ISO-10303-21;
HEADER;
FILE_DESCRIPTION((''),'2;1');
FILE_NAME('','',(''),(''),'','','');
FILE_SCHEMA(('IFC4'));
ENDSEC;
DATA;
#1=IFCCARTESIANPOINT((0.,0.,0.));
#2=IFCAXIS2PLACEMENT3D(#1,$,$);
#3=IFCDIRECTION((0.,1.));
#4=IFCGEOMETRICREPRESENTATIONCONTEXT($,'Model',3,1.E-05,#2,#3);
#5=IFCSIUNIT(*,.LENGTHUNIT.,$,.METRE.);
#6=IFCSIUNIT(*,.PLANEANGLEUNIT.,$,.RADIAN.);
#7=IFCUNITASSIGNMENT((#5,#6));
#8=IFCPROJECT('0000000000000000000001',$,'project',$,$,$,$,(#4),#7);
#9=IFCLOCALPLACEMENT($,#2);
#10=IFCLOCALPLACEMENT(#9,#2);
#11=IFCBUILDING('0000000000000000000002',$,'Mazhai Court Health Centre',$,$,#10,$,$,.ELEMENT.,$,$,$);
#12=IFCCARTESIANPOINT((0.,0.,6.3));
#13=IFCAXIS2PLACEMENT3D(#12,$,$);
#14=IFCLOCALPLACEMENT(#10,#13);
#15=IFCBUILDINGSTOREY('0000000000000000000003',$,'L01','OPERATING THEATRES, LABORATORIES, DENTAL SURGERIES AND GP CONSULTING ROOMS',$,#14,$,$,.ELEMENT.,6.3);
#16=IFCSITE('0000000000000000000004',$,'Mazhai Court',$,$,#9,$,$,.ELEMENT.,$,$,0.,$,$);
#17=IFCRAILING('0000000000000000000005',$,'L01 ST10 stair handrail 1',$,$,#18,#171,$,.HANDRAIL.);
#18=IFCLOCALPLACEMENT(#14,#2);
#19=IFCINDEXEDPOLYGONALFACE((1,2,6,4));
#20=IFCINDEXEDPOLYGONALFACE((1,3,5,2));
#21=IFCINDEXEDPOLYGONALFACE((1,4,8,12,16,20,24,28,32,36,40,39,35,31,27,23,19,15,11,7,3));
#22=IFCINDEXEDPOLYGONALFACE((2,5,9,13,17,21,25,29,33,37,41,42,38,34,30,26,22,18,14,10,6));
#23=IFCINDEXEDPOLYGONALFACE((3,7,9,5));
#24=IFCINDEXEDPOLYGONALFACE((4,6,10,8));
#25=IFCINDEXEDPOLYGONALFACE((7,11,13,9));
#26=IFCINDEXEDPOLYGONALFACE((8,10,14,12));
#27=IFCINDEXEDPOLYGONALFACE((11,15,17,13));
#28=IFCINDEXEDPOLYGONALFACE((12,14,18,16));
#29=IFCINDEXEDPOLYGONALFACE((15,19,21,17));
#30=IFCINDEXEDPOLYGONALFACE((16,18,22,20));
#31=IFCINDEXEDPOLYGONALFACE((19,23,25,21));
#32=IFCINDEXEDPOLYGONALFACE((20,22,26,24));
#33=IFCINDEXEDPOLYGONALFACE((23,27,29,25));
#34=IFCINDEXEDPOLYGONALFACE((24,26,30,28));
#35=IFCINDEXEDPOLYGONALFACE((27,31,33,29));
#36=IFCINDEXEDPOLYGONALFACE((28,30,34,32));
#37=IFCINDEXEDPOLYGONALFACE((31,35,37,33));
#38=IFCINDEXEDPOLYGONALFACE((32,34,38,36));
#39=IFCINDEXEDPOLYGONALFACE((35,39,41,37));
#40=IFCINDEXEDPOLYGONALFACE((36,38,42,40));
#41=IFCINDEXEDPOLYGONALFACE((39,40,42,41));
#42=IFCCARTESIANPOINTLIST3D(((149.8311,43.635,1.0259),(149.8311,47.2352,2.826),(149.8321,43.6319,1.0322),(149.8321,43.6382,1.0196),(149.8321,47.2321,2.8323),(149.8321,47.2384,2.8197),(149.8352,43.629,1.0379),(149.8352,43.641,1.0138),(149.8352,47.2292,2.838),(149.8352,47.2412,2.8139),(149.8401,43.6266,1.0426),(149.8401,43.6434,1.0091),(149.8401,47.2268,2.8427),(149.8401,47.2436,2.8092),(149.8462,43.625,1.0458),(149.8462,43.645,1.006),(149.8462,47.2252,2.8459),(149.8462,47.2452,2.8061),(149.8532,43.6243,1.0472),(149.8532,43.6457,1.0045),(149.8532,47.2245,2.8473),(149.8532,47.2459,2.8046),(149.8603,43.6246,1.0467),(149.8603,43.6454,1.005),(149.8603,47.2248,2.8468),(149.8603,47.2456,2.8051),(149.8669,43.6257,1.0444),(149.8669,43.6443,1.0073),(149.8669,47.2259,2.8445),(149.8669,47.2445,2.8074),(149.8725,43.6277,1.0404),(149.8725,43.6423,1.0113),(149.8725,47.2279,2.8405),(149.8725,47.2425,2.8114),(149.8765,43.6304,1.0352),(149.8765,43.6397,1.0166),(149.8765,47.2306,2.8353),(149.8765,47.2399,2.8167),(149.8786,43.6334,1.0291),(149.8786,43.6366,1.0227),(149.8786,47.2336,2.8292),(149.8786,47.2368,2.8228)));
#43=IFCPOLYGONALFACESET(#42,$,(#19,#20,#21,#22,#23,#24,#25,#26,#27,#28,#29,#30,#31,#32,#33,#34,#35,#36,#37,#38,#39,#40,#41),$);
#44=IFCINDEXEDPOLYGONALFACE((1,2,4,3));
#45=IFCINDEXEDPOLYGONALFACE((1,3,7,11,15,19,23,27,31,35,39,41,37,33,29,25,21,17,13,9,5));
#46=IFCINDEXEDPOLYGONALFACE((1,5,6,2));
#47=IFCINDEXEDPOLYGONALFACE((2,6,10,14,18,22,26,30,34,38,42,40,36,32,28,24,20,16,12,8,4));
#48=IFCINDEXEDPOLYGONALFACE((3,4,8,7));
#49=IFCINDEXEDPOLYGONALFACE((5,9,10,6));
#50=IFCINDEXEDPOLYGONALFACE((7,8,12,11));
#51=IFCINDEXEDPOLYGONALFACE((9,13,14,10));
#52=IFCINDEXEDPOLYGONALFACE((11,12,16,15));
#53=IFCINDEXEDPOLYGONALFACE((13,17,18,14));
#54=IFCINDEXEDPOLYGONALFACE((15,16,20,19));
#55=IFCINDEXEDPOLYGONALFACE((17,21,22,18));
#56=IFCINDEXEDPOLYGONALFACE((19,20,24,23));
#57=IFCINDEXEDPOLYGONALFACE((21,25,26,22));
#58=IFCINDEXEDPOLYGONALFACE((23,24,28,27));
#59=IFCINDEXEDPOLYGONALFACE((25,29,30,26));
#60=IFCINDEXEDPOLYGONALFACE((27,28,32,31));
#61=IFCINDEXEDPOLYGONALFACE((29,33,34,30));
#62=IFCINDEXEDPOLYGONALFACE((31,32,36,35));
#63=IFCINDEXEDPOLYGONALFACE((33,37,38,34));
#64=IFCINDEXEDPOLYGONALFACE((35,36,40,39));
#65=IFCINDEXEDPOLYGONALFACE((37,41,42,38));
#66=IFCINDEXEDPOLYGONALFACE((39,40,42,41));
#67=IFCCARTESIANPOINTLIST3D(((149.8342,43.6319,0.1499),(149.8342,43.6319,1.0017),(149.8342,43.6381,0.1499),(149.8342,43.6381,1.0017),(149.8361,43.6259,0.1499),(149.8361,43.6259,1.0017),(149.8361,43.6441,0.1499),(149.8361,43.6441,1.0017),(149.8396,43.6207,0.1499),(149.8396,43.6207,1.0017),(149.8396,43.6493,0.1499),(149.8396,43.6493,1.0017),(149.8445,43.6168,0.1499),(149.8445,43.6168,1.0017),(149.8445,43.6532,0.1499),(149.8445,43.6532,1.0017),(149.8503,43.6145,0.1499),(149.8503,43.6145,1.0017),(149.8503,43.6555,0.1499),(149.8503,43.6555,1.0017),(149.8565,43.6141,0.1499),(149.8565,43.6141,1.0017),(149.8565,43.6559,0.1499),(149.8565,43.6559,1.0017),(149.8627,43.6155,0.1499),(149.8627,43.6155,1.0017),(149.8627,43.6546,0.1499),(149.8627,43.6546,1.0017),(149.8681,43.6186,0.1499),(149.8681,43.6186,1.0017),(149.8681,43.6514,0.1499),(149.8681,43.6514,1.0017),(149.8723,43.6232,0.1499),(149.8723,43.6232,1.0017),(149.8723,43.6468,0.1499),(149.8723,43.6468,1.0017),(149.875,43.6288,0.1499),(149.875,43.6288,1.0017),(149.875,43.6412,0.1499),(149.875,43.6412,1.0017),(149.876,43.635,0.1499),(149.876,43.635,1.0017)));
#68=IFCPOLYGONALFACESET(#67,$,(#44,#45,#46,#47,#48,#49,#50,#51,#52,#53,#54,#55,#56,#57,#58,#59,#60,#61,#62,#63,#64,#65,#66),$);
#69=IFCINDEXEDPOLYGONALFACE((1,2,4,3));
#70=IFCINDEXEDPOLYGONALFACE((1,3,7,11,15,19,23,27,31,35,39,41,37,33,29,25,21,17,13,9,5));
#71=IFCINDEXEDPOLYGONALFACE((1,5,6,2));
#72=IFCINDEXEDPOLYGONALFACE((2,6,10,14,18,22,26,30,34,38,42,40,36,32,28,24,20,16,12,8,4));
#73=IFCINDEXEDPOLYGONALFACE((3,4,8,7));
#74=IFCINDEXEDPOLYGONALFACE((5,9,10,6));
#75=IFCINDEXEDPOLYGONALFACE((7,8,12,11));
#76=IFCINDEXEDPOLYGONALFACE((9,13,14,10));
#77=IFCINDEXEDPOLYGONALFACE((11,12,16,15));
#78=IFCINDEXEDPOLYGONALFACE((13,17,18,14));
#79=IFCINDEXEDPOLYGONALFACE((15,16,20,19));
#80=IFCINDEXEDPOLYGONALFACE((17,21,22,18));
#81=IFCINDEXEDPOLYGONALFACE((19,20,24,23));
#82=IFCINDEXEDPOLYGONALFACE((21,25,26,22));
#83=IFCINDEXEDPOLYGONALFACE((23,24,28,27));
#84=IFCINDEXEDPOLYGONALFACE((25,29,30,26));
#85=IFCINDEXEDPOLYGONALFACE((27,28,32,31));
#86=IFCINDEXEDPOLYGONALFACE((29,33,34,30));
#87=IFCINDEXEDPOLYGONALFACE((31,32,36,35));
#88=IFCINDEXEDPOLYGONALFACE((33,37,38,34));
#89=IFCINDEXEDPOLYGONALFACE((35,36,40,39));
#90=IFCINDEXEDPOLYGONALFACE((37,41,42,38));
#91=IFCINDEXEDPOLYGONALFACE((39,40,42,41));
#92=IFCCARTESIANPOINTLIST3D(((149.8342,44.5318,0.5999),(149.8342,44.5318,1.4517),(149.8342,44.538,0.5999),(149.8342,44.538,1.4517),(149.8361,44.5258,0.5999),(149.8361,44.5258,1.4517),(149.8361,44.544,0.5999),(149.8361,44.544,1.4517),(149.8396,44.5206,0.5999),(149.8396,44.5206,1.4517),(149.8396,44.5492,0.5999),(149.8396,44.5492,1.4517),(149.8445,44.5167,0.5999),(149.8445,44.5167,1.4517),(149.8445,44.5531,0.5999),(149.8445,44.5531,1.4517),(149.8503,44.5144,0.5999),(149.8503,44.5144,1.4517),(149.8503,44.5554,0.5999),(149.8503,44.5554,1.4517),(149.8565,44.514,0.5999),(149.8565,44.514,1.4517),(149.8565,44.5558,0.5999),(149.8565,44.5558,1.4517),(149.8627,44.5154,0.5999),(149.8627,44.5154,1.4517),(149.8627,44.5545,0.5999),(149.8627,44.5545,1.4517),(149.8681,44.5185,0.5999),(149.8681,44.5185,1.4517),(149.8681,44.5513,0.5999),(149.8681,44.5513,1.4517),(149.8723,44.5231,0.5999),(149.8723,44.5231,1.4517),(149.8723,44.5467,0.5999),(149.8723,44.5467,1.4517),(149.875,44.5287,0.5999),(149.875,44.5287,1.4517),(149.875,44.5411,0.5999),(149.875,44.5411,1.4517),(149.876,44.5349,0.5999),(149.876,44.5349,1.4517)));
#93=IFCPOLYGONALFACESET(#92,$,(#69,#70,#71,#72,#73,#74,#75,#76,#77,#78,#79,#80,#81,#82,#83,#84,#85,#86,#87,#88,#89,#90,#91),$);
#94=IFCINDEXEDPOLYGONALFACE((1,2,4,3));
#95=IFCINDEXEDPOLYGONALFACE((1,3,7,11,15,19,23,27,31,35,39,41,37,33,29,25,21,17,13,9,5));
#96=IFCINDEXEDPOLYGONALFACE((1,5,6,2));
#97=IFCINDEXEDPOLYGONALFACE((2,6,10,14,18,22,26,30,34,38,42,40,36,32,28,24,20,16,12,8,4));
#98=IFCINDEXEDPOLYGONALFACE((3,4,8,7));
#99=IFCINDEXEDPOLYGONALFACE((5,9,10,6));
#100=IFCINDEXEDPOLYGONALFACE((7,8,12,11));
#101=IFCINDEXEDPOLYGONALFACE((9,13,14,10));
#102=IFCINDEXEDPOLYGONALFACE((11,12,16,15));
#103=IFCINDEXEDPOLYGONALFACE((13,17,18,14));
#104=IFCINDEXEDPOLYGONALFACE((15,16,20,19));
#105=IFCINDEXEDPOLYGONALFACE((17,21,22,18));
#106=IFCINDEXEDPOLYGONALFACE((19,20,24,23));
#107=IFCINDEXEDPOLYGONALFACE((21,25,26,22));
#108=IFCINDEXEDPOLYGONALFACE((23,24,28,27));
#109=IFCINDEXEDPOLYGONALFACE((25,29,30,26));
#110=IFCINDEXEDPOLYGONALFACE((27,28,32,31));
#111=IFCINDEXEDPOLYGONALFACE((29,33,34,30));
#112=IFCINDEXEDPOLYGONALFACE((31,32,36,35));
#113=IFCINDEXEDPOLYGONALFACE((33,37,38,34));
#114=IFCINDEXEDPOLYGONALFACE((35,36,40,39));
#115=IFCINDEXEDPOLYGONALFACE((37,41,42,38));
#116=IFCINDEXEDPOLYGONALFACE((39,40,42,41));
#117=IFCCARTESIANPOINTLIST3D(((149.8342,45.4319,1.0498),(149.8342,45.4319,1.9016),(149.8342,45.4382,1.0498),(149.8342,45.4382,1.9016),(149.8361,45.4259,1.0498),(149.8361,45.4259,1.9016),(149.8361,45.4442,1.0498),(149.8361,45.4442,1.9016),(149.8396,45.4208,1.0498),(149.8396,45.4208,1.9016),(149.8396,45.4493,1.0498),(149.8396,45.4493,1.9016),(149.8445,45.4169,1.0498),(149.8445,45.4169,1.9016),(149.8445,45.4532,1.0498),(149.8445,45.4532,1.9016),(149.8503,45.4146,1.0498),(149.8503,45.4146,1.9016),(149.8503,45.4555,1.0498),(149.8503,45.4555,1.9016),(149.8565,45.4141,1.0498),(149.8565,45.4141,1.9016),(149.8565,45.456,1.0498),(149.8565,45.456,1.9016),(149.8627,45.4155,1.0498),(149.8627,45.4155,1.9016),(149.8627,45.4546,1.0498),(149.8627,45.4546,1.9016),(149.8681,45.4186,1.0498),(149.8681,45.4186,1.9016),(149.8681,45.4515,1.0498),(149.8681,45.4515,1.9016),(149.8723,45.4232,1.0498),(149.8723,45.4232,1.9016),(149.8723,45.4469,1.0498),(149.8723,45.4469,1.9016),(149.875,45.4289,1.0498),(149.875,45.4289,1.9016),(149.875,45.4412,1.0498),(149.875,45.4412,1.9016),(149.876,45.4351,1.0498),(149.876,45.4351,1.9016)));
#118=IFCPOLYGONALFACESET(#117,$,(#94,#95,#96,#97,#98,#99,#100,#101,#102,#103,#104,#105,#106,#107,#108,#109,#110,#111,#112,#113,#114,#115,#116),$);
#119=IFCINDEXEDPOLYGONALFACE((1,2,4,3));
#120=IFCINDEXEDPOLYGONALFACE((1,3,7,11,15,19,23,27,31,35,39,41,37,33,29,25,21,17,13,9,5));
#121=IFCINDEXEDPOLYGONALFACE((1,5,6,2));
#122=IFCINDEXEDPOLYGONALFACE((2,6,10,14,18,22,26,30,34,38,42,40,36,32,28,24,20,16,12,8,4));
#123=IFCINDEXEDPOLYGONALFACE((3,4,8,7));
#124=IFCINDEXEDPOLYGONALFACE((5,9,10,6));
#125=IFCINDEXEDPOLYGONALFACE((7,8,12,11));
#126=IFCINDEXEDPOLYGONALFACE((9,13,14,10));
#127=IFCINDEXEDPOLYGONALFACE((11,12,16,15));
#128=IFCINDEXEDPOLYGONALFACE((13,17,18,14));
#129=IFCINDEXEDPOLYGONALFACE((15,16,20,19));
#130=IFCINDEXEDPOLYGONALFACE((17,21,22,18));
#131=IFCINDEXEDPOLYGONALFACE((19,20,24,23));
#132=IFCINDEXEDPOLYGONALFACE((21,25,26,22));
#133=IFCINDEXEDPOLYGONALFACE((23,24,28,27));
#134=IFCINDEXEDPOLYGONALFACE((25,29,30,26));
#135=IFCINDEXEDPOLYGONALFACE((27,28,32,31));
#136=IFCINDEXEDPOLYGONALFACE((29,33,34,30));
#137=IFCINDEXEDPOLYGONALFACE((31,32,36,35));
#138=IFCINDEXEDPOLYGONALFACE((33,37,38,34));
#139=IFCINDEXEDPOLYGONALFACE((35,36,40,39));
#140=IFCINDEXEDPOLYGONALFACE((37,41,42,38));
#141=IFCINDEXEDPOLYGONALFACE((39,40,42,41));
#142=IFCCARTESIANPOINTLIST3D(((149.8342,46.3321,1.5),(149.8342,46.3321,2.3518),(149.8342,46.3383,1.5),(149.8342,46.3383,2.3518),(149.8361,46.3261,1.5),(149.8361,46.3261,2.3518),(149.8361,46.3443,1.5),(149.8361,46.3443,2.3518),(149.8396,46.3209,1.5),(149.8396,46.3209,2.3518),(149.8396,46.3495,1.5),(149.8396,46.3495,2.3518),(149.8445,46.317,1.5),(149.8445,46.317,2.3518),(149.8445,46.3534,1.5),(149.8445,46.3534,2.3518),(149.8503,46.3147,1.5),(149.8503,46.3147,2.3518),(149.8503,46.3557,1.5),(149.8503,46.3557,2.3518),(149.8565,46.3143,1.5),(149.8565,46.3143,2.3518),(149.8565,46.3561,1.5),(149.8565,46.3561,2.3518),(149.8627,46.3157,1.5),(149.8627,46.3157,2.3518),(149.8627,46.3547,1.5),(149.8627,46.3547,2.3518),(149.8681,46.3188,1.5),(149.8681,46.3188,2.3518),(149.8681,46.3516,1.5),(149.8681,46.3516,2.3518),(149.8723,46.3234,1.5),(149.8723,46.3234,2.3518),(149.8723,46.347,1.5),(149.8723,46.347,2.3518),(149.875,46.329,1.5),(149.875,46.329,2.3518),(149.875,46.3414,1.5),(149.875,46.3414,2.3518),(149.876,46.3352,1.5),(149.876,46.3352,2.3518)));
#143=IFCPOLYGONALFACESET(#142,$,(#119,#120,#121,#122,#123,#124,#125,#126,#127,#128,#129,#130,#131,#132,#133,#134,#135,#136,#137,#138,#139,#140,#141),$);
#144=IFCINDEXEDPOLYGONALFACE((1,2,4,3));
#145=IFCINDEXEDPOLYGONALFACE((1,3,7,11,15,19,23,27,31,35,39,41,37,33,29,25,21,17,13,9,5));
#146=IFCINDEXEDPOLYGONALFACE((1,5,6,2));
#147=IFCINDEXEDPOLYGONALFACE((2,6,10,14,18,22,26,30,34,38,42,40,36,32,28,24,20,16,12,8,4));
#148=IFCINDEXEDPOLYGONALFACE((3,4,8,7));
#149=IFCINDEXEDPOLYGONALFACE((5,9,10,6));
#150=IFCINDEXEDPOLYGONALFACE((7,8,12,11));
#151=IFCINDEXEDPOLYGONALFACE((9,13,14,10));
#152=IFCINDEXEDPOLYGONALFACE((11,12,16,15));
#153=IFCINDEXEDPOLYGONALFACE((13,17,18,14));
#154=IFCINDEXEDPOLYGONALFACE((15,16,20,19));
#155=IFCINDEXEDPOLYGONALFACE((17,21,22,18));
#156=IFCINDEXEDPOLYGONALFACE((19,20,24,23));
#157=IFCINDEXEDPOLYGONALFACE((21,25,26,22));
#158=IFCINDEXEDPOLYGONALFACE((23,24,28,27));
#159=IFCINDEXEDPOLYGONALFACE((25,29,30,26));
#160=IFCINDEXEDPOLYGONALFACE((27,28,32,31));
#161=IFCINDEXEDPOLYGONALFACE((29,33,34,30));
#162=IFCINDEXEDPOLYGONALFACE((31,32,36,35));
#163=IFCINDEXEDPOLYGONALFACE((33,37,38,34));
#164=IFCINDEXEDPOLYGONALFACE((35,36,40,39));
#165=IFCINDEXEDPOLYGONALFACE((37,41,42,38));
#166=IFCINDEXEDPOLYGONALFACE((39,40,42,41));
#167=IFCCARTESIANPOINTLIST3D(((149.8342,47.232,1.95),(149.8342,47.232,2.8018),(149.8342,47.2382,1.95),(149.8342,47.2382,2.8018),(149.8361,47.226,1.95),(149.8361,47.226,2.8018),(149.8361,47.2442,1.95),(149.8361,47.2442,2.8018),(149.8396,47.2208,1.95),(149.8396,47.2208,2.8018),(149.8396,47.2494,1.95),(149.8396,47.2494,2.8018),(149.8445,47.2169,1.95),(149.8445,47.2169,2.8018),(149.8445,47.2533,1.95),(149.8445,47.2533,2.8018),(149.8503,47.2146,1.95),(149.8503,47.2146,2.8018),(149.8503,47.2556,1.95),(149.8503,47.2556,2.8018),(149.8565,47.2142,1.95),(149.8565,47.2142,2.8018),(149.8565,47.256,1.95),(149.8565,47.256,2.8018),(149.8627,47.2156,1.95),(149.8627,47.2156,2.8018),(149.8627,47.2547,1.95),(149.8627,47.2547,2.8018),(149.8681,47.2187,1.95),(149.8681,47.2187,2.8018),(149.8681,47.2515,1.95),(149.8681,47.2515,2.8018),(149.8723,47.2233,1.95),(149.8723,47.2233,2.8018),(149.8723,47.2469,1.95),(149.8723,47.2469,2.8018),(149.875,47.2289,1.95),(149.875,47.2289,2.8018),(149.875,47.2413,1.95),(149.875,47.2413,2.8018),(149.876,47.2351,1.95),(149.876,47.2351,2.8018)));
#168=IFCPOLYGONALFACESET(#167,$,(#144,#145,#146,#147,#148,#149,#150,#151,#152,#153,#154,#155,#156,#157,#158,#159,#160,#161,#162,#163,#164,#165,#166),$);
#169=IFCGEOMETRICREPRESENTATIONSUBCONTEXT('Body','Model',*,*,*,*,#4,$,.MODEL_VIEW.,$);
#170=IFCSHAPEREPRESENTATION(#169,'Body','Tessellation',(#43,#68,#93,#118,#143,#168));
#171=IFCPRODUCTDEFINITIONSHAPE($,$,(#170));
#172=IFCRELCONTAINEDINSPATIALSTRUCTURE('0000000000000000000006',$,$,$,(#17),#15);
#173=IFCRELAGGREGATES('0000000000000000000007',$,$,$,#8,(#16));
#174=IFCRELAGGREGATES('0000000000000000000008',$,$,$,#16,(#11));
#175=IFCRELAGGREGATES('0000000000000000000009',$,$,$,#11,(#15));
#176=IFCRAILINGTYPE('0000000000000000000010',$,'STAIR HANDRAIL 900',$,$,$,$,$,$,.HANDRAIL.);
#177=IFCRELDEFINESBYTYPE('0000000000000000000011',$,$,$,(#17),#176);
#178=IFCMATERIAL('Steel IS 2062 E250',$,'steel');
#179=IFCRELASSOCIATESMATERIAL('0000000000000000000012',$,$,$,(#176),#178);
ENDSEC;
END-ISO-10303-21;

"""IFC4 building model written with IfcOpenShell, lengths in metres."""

from ifc_helpers import new_model, si_unit, direction, frame, origin, origin_2d, place, context, subcontext, project, spatial, circle, extrude, material, type_object, element, save


model = new_model("IFC4")

# Units and contexts
model_context = context("Model", 3, precision=1e-05, world=origin(), true_north=direction((0.0, 1.0)))
body_context = subcontext(model_context, "Body", "Model", "MODEL_VIEW")
ifc_project = project(units=[si_unit("LENGTHUNIT", "METRE"), si_unit("PLANEANGLEUNIT", "RADIAN")], contexts=[model_context])

# Site, building, storey
site_placement = place(None, origin())
site = spatial("IfcSite", under=ifc_project, at=site_placement, Name="Mazhai Court", CompositionType="ELEMENT", RefElevation=0.0)
building_placement = place(site_placement, origin())
building = spatial("IfcBuilding", under=site, at=building_placement, Name="Mazhai Court Health Centre", CompositionType="ELEMENT")
storey_placement = place(building_placement, frame((0.0, 0.0, 6.3)))
storey = spatial("IfcBuildingStorey", under=building, at=storey_placement, Name="L01", Description="OPERATING THEATRES, LABORATORIES, DENTAL SURGERIES AND GP CONSULTING ROOMS", CompositionType="ELEMENT", Elevation=6.3)

# Railing
ifc_material_1 = material(Name="Steel IS 2062 E250", Category="steel")
railing_type_1 = type_object("IfcRailingType", Name="STAIR HANDRAIL 900", PredefinedType="HANDRAIL", material=ifc_material_1)
railing_1_placement = place(storey_placement, frame((149.855, 43.635, 0.1499)))
element("IfcRailing", 1, at=railing_1_placement, inside=storey, type_object=railing_type_1, Name="L01 ST10 stair handrail 1", PredefinedType="HANDRAIL", context=body_context, shape_type="SweptSolid", body=[
    extrude(circle(Radius=0.0239, at=origin_2d()), frame((0.0, 0.0, 0.876), z_axis=(0.0, 0.894427, 0.447214), x_axis=(-1.0, 0.0, 0.0)), (0.0, 0.0, 1.0), 4.0251),
    extrude(circle(Radius=0.021, at=origin_2d()), origin(), (0.0, 0.0, 1.0), 0.8518),
    extrude(circle(Radius=0.021, at=origin_2d()), frame((0.0, 0.8999, 0.45)), (0.0, 0.0, 1.0), 0.8518),
    extrude(circle(Radius=0.021, at=origin_2d()), frame((0.0, 1.8, 0.8999)), (0.0, 0.0, 1.0), 0.8518),
    extrude(circle(Radius=0.021, at=origin_2d()), frame((0.0, 2.7002, 1.3501)), (0.0, 0.0, 1.0), 0.8518),
    extrude(circle(Radius=0.021, at=origin_2d()), frame((0.0, 3.6001, 1.8)), (0.0, 0.0, 1.0), 0.8518),
])

save(model, "model.ifc")
